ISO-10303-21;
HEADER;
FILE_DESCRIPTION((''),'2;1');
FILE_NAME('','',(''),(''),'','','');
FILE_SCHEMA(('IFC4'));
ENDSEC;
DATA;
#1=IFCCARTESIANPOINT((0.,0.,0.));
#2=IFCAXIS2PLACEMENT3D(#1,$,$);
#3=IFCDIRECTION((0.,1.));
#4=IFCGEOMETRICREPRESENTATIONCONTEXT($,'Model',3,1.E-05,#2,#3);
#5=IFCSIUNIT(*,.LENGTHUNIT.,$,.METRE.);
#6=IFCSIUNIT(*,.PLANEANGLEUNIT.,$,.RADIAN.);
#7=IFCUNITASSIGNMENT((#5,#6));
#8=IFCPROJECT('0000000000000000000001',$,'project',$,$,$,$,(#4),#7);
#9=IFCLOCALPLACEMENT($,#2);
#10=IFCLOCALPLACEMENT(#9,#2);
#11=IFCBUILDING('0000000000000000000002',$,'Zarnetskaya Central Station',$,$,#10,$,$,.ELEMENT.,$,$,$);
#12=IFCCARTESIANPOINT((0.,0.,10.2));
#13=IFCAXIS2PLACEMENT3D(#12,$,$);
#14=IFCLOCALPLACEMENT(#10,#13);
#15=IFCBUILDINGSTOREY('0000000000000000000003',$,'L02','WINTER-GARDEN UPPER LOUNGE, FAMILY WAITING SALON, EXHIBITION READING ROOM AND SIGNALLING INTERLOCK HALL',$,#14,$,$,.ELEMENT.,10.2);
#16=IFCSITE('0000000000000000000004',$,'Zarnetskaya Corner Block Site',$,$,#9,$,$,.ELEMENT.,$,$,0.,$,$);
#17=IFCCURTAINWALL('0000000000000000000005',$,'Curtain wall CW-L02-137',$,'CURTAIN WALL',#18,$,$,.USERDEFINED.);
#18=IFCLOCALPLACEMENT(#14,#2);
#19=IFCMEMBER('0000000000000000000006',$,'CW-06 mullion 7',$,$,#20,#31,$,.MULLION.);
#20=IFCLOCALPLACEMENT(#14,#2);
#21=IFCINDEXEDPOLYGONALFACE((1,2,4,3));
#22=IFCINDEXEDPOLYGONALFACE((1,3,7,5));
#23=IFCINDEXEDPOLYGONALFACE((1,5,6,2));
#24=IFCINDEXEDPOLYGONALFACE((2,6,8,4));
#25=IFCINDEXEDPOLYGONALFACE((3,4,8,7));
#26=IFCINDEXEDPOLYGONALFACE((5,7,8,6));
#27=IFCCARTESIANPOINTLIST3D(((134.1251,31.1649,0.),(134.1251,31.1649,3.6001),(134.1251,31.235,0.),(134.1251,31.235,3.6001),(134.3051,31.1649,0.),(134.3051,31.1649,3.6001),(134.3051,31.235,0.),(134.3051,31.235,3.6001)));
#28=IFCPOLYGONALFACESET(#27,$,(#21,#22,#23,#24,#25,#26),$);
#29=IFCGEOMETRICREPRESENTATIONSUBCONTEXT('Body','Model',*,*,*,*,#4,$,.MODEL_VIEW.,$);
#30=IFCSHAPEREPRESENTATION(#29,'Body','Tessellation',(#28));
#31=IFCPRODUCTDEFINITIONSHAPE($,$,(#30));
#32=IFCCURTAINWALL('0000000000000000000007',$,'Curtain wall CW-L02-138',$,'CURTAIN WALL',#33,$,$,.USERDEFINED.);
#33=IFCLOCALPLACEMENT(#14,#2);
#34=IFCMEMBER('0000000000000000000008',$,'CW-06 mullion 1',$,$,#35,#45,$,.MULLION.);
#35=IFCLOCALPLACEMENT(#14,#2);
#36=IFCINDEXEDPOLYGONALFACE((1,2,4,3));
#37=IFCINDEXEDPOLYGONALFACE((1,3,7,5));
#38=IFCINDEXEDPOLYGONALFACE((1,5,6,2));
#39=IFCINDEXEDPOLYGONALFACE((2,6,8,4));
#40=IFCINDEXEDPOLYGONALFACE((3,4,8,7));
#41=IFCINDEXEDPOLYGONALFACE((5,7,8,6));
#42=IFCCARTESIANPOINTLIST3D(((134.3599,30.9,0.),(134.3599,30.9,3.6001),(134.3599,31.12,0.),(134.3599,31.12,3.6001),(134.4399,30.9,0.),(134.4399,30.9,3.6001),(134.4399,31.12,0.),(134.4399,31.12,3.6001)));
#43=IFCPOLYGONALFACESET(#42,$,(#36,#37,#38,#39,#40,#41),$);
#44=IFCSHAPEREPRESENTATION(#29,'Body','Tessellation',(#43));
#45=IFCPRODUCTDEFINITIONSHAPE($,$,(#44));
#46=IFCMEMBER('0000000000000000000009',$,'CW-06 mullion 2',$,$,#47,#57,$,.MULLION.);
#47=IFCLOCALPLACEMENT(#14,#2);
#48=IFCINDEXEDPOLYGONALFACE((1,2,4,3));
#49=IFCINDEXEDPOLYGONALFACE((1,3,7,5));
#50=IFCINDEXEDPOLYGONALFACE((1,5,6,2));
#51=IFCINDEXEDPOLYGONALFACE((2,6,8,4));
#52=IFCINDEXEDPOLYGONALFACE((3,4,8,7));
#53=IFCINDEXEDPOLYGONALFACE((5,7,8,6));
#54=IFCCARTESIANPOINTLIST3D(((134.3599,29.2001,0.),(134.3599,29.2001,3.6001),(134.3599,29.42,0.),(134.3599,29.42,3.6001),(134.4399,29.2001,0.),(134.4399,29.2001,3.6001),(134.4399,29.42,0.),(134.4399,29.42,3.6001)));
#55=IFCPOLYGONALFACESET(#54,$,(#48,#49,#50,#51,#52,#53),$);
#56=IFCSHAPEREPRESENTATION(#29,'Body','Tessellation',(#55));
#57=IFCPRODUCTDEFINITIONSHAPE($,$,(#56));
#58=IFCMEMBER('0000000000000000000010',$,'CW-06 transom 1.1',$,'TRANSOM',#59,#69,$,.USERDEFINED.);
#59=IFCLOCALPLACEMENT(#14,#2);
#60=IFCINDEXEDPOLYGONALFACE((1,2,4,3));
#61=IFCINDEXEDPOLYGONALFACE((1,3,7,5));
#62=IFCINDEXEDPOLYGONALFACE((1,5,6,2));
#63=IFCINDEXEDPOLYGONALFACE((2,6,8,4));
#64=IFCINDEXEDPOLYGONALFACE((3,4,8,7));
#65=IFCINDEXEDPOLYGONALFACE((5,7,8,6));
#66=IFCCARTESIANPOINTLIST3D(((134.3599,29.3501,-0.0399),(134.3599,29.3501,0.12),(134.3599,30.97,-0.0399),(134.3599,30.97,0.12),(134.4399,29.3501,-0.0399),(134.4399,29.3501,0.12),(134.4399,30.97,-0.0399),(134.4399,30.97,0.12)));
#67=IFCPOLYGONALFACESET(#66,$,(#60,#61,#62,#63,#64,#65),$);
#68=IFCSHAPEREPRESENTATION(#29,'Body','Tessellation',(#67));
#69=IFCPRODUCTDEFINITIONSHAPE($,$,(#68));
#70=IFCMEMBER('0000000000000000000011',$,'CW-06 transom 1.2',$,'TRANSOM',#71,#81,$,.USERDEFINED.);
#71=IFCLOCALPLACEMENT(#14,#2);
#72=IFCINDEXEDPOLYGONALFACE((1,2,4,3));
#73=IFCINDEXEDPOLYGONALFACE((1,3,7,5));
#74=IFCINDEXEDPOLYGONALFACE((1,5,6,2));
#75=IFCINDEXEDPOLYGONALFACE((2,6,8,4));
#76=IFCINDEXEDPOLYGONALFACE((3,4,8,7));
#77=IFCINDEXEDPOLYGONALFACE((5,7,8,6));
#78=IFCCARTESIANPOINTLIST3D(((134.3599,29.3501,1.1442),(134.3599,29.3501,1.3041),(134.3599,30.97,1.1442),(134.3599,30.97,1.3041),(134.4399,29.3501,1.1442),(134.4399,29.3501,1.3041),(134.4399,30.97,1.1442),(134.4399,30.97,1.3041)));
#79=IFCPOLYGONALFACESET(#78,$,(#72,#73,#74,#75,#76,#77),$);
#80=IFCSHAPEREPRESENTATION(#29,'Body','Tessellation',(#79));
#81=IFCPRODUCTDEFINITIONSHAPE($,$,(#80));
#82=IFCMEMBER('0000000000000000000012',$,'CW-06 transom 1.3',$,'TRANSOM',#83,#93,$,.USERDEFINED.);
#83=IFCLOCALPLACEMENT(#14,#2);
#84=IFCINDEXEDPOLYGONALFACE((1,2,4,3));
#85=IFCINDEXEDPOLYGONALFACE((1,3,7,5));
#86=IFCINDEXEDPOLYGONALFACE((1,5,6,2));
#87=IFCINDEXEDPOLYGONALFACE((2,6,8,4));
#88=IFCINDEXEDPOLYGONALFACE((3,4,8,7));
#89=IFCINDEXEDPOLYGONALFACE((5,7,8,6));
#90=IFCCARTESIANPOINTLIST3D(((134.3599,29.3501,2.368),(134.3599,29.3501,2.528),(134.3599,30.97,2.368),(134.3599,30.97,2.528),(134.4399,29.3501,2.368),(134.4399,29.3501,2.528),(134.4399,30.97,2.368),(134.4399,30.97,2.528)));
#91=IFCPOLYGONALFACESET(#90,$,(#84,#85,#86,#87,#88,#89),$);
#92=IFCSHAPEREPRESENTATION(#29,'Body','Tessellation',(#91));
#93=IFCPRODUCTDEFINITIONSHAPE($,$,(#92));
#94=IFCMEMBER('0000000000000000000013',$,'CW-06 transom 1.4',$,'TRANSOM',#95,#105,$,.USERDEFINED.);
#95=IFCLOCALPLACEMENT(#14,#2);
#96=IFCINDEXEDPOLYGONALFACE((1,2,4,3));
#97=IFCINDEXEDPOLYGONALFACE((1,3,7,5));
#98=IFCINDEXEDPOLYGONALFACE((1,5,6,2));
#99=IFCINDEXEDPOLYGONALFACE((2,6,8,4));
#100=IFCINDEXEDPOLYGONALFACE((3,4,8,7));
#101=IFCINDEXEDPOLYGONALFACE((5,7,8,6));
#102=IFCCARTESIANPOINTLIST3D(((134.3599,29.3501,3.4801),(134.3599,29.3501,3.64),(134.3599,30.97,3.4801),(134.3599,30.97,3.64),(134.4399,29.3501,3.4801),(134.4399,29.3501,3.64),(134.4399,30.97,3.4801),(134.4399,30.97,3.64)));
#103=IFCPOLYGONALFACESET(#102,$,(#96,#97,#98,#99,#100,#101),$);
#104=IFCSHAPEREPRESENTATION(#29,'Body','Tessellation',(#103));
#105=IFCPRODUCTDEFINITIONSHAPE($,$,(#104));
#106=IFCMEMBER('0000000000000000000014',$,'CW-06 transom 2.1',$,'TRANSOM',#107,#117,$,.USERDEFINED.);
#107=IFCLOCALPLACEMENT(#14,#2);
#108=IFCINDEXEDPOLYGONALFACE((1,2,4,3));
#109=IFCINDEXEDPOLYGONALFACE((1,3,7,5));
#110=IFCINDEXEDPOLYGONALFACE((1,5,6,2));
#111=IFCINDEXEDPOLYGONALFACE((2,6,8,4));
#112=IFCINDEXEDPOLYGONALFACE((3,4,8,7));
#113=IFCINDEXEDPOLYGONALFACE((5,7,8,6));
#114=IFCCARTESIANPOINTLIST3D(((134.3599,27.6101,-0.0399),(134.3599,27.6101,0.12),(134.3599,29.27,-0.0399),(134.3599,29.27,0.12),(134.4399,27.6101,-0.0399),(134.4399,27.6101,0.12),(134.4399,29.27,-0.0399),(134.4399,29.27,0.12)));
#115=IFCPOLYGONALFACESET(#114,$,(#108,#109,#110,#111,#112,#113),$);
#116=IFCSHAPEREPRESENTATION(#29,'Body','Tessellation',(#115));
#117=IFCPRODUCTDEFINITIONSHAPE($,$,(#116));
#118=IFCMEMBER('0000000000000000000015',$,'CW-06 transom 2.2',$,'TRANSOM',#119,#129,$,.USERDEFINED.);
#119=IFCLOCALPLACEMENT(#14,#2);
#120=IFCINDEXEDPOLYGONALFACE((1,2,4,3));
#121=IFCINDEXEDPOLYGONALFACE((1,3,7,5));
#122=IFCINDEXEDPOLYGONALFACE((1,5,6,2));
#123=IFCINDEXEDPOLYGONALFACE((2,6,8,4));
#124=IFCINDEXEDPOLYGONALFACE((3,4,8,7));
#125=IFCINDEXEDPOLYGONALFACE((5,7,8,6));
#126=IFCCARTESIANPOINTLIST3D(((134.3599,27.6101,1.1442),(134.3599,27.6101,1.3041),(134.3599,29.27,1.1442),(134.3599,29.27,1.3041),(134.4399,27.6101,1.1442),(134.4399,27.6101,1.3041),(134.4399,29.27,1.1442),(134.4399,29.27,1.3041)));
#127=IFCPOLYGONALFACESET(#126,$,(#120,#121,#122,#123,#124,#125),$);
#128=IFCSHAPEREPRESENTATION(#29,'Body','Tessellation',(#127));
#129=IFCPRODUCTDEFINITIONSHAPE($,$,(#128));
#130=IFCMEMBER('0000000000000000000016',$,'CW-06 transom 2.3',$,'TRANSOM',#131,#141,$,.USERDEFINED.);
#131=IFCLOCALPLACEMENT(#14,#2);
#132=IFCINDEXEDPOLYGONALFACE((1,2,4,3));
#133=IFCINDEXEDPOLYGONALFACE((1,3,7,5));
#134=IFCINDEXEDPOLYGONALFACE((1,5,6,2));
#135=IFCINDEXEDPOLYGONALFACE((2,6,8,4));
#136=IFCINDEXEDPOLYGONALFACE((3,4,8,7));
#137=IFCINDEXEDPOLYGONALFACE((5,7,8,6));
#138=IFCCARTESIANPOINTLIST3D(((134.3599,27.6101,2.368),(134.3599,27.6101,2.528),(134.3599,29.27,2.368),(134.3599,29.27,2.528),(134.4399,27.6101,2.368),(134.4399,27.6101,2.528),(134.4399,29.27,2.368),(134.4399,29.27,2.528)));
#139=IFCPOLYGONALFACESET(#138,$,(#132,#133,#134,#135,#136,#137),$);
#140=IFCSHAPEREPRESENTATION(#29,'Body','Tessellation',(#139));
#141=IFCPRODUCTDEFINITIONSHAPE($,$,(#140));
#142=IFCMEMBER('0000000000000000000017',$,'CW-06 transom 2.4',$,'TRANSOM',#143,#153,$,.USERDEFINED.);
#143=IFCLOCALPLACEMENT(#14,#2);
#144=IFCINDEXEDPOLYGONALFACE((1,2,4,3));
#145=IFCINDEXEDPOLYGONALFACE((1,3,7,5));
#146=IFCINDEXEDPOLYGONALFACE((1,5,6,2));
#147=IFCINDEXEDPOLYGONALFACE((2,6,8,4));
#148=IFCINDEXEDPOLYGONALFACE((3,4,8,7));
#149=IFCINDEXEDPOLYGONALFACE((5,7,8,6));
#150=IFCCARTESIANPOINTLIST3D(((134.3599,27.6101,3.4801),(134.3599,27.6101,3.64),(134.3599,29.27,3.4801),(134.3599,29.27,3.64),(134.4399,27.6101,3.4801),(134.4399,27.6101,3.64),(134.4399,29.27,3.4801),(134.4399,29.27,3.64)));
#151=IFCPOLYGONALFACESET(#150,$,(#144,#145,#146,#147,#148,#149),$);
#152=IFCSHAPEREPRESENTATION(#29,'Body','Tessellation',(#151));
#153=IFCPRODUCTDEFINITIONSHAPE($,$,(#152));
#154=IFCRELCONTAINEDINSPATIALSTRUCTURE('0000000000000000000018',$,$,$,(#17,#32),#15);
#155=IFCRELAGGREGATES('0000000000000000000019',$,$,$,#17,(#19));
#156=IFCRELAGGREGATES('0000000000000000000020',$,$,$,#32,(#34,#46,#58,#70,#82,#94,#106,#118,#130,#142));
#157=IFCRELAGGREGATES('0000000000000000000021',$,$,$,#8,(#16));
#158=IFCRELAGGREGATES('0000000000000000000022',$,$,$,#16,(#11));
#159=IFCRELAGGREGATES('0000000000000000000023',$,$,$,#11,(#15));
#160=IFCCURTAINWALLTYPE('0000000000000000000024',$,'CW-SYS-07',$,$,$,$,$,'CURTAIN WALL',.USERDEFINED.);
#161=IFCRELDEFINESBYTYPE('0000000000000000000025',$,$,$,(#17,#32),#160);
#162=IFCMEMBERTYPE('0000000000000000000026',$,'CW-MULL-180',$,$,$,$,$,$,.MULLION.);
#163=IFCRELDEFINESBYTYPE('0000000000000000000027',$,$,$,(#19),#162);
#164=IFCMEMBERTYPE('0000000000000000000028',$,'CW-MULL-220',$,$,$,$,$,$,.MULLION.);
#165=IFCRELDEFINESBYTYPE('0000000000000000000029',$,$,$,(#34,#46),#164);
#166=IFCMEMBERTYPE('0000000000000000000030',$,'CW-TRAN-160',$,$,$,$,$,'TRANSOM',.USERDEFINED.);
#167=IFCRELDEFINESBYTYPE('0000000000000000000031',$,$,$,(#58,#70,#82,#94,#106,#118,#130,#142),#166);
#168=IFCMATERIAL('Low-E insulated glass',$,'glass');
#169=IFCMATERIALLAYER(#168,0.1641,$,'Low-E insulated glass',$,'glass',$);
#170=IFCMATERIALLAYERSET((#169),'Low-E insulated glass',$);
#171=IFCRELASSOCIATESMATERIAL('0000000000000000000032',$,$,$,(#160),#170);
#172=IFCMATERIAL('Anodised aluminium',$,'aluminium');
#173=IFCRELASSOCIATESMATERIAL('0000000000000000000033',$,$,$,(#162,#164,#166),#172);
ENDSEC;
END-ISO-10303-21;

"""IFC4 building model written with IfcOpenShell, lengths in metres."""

from ifc_helpers import new_model, si_unit, direction, frame, origin, origin_2d, place, context, subcontext, project, spatial, rectangle, extrude, material, layer, layer_set, material_profile, profile_set, type_object, element, aggregate, save


model = new_model("IFC4")

# Units and contexts
model_context = context("Model", 3, precision=1e-05, world=origin(), true_north=direction((0.0, 1.0)))
body_context = subcontext(model_context, "Body", "Model", "MODEL_VIEW")
ifc_project = project(units=[si_unit("LENGTHUNIT", "METRE"), si_unit("PLANEANGLEUNIT", "RADIAN")], contexts=[model_context])

# Site, building, storey
site_placement = place(None, origin())
site = spatial("IfcSite", under=ifc_project, at=site_placement, Name="Zarnetskaya Corner Block Site", CompositionType="ELEMENT", RefElevation=0.0)
building_placement = place(site_placement, origin())
building = spatial("IfcBuilding", under=site, at=building_placement, Name="Zarnetskaya Central Station", CompositionType="ELEMENT")
storey_placement = place(building_placement, frame((0.0, 0.0, 10.2)))
storey = spatial("IfcBuildingStorey", under=building, at=storey_placement, Name="L02", Description="WINTER-GARDEN UPPER LOUNGE, FAMILY WAITING SALON, EXHIBITION READING ROOM AND SIGNALLING INTERLOCK HALL", CompositionType="ELEMENT", Elevation=10.2)

# Curtain wall, member
ifc_material_1 = material(Name="Low-E insulated glass", Category="glass")
ifc_layer_1 = layer(ifc_material_1, 0.1641, Name="Low-E insulated glass", Category="glass")
ifc_layer_set_1 = layer_set([ifc_layer_1], Name="Low-E insulated glass")
curtain_wall_type = type_object("IfcCurtainWallType", Name="CW-SYS-07", ElementType="CURTAIN WALL", PredefinedType="USERDEFINED", material=ifc_layer_set_1)
curtain_wall_1_placement = place(storey_placement, origin())
curtain_wall_1 = element("IfcCurtainWall", 1, at=curtain_wall_1_placement, inside=storey, type_object=curtain_wall_type, Name="Curtain wall CW-L02-137", ObjectType="CURTAIN WALL", PredefinedType="USERDEFINED")
ifc_material_2 = material(Name="Anodised aluminium", Category="aluminium")
ifc_material_profile_1 = material_profile(ifc_material_2, rectangle(XDim=0.0701, YDim=0.1799, at=origin_2d()), Name="ALU MULL 70x180")
ifc_profile_set_1 = profile_set([ifc_material_profile_1], Name="Anodised aluminium")
member_type_1 = type_object("IfcMemberType", Name="CW-MULL-180", PredefinedType="MULLION", material=ifc_profile_set_1)
member_1_placement = place(storey_placement, frame((134.2151, 31.2, 0.0), z_axis=(0.0, 0.0, 1.0), x_axis=(0.0, 1.0, 0.0)))
member_1 = element("IfcMember", 2, at=member_1_placement, type_object=member_type_1, Name="CW-06 mullion 7", PredefinedType="MULLION", context=body_context, shape_type="SweptSolid", body=[
    extrude(rectangle(XDim=0.0701, YDim=0.1799, at=origin_2d()), origin(), (0.0, 0.0, 1.0), 3.6001),
])
aggregate(curtain_wall_1, [member_1])

# Curtain wall, members
curtain_wall_2_placement = place(storey_placement, origin())
curtain_wall_2 = element("IfcCurtainWall", 3, at=curtain_wall_2_placement, inside=storey, type_object=curtain_wall_type, Name="Curtain wall CW-L02-138", ObjectType="CURTAIN WALL", PredefinedType="USERDEFINED")
ifc_material_profile_2 = material_profile(ifc_material_2, rectangle(XDim=0.0801, YDim=0.22, at=origin_2d()), Name="ALU MULL 80x220")
ifc_profile_set_2 = profile_set([ifc_material_profile_2], Name="Anodised aluminium")
member_type_2 = type_object("IfcMemberType", Name="CW-MULL-220", PredefinedType="MULLION", material=ifc_profile_set_2)
member_2_placement = place(storey_placement, frame((134.3999, 31.01, 0.0), z_axis=(0.0, 0.0, 1.0), x_axis=(1.0, 0.0, 0.0)))
member_2 = element("IfcMember", 4, at=member_2_placement, type_object=member_type_2, Name="CW-06 mullion 1", PredefinedType="MULLION", context=body_context, shape_type="SweptSolid", body=[
    extrude(rectangle(XDim=0.0801, YDim=0.22, at=origin_2d()), origin(), (0.0, 0.0, 1.0), 3.6001),
])
member_3_placement = place(storey_placement, frame((134.3999, 29.3101, 0.0), z_axis=(0.0, 0.0, 1.0), x_axis=(1.0, 0.0, 0.0)))
member_3 = element("IfcMember", 5, at=member_3_placement, type_object=member_type_2, Name="CW-06 mullion 2", PredefinedType="MULLION", context=body_context, shape_type="SweptSolid", body=[
    extrude(rectangle(XDim=0.0801, YDim=0.22, at=origin_2d()), origin(), (0.0, 0.0, 1.0), 3.6001),
])
ifc_material_profile_3 = material_profile(ifc_material_2, rectangle(XDim=0.0801, YDim=0.1599, at=origin_2d()), Name="ALU TRAN 80x160")
ifc_profile_set_3 = profile_set([ifc_material_profile_3], Name="Anodised aluminium")
member_type_3 = type_object("IfcMemberType", Name="CW-TRAN-160", ElementType="TRANSOM", PredefinedType="USERDEFINED", material=ifc_profile_set_3)
member_4_placement = place(storey_placement, frame((134.3999, 30.97, 0.04), z_axis=(0.0, -1.0, 0.0), x_axis=(1.0, 0.0, 0.0)))
member_4 = element("IfcMember", 6, at=member_4_placement, type_object=member_type_3, Name="CW-06 transom 1.1", ObjectType="TRANSOM", PredefinedType="USERDEFINED", context=body_context, shape_type="SweptSolid", body=[
    extrude(rectangle(XDim=0.0801, YDim=0.1599, at=origin_2d()), origin(), (0.0, 0.0, 1.0), 1.6199),
])
member_5_placement = place(storey_placement, frame((134.3999, 30.97, 1.2241), z_axis=(0.0, -1.0, 0.0), x_axis=(1.0, 0.0, 0.0)))
member_5 = element("IfcMember", 7, at=member_5_placement, type_object=member_type_3, Name="CW-06 transom 1.2", ObjectType="TRANSOM", PredefinedType="USERDEFINED", context=body_context, shape_type="SweptSolid", body=[
    extrude(rectangle(XDim=0.0801, YDim=0.1599, at=origin_2d()), origin(), (0.0, 0.0, 1.0), 1.6199),
])
member_6_placement = place(storey_placement, frame((134.3999, 30.97, 2.448), z_axis=(0.0, -1.0, 0.0), x_axis=(1.0, 0.0, 0.0)))
member_6 = element("IfcMember", 8, at=member_6_placement, type_object=member_type_3, Name="CW-06 transom 1.3", ObjectType="TRANSOM", PredefinedType="USERDEFINED", context=body_context, shape_type="SweptSolid", body=[
    extrude(rectangle(XDim=0.0801, YDim=0.1599, at=origin_2d()), origin(), (0.0, 0.0, 1.0), 1.6199),
])
member_7_placement = place(storey_placement, frame((134.3999, 30.97, 3.5601), z_axis=(0.0, -1.0, 0.0), x_axis=(1.0, 0.0, 0.0)))
member_7 = element("IfcMember", 9, at=member_7_placement, type_object=member_type_3, Name="CW-06 transom 1.4", ObjectType="TRANSOM", PredefinedType="USERDEFINED", context=body_context, shape_type="SweptSolid", body=[
    extrude(rectangle(XDim=0.0801, YDim=0.1599, at=origin_2d()), origin(), (0.0, 0.0, 1.0), 1.6199),
])
member_8_placement = place(storey_placement, frame((134.3999, 29.27, 0.04), z_axis=(0.0, -1.0, 0.0), x_axis=(1.0, 0.0, 0.0)))
member_8 = element("IfcMember", 10, at=member_8_placement, type_object=member_type_3, Name="CW-06 transom 2.1", ObjectType="TRANSOM", PredefinedType="USERDEFINED", context=body_context, shape_type="SweptSolid", body=[
    extrude(rectangle(XDim=0.0801, YDim=0.1599, at=origin_2d()), origin(), (0.0, 0.0, 1.0), 1.6599),
])
member_9_placement = place(storey_placement, frame((134.3999, 29.27, 1.2241), z_axis=(0.0, -1.0, 0.0), x_axis=(1.0, 0.0, 0.0)))
member_9 = element("IfcMember", 11, at=member_9_placement, type_object=member_type_3, Name="CW-06 transom 2.2", ObjectType="TRANSOM", PredefinedType="USERDEFINED", context=body_context, shape_type="SweptSolid", body=[
    extrude(rectangle(XDim=0.0801, YDim=0.1599, at=origin_2d()), origin(), (0.0, 0.0, 1.0), 1.6599),
])
member_10_placement = place(storey_placement, frame((134.3999, 29.27, 2.448), z_axis=(0.0, -1.0, 0.0), x_axis=(1.0, 0.0, 0.0)))
member_10 = element("IfcMember", 12, at=member_10_placement, type_object=member_type_3, Name="CW-06 transom 2.3", ObjectType="TRANSOM", PredefinedType="USERDEFINED", context=body_context, shape_type="SweptSolid", body=[
    extrude(rectangle(XDim=0.0801, YDim=0.1599, at=origin_2d()), origin(), (0.0, 0.0, 1.0), 1.6599),
])
member_11_placement = place(storey_placement, frame((134.3999, 29.27, 3.5601), z_axis=(0.0, -1.0, 0.0), x_axis=(1.0, 0.0, 0.0)))
member_11 = element("IfcMember", 13, at=member_11_placement, type_object=member_type_3, Name="CW-06 transom 2.4", ObjectType="TRANSOM", PredefinedType="USERDEFINED", context=body_context, shape_type="SweptSolid", body=[
    extrude(rectangle(XDim=0.0801, YDim=0.1599, at=origin_2d()), origin(), (0.0, 0.0, 1.0), 1.6599),
])

aggregate(curtain_wall_2, [member_2, member_3, member_4, member_5, member_6, member_7, member_8, member_9, member_10, member_11])

save(model, "model.ifc")
